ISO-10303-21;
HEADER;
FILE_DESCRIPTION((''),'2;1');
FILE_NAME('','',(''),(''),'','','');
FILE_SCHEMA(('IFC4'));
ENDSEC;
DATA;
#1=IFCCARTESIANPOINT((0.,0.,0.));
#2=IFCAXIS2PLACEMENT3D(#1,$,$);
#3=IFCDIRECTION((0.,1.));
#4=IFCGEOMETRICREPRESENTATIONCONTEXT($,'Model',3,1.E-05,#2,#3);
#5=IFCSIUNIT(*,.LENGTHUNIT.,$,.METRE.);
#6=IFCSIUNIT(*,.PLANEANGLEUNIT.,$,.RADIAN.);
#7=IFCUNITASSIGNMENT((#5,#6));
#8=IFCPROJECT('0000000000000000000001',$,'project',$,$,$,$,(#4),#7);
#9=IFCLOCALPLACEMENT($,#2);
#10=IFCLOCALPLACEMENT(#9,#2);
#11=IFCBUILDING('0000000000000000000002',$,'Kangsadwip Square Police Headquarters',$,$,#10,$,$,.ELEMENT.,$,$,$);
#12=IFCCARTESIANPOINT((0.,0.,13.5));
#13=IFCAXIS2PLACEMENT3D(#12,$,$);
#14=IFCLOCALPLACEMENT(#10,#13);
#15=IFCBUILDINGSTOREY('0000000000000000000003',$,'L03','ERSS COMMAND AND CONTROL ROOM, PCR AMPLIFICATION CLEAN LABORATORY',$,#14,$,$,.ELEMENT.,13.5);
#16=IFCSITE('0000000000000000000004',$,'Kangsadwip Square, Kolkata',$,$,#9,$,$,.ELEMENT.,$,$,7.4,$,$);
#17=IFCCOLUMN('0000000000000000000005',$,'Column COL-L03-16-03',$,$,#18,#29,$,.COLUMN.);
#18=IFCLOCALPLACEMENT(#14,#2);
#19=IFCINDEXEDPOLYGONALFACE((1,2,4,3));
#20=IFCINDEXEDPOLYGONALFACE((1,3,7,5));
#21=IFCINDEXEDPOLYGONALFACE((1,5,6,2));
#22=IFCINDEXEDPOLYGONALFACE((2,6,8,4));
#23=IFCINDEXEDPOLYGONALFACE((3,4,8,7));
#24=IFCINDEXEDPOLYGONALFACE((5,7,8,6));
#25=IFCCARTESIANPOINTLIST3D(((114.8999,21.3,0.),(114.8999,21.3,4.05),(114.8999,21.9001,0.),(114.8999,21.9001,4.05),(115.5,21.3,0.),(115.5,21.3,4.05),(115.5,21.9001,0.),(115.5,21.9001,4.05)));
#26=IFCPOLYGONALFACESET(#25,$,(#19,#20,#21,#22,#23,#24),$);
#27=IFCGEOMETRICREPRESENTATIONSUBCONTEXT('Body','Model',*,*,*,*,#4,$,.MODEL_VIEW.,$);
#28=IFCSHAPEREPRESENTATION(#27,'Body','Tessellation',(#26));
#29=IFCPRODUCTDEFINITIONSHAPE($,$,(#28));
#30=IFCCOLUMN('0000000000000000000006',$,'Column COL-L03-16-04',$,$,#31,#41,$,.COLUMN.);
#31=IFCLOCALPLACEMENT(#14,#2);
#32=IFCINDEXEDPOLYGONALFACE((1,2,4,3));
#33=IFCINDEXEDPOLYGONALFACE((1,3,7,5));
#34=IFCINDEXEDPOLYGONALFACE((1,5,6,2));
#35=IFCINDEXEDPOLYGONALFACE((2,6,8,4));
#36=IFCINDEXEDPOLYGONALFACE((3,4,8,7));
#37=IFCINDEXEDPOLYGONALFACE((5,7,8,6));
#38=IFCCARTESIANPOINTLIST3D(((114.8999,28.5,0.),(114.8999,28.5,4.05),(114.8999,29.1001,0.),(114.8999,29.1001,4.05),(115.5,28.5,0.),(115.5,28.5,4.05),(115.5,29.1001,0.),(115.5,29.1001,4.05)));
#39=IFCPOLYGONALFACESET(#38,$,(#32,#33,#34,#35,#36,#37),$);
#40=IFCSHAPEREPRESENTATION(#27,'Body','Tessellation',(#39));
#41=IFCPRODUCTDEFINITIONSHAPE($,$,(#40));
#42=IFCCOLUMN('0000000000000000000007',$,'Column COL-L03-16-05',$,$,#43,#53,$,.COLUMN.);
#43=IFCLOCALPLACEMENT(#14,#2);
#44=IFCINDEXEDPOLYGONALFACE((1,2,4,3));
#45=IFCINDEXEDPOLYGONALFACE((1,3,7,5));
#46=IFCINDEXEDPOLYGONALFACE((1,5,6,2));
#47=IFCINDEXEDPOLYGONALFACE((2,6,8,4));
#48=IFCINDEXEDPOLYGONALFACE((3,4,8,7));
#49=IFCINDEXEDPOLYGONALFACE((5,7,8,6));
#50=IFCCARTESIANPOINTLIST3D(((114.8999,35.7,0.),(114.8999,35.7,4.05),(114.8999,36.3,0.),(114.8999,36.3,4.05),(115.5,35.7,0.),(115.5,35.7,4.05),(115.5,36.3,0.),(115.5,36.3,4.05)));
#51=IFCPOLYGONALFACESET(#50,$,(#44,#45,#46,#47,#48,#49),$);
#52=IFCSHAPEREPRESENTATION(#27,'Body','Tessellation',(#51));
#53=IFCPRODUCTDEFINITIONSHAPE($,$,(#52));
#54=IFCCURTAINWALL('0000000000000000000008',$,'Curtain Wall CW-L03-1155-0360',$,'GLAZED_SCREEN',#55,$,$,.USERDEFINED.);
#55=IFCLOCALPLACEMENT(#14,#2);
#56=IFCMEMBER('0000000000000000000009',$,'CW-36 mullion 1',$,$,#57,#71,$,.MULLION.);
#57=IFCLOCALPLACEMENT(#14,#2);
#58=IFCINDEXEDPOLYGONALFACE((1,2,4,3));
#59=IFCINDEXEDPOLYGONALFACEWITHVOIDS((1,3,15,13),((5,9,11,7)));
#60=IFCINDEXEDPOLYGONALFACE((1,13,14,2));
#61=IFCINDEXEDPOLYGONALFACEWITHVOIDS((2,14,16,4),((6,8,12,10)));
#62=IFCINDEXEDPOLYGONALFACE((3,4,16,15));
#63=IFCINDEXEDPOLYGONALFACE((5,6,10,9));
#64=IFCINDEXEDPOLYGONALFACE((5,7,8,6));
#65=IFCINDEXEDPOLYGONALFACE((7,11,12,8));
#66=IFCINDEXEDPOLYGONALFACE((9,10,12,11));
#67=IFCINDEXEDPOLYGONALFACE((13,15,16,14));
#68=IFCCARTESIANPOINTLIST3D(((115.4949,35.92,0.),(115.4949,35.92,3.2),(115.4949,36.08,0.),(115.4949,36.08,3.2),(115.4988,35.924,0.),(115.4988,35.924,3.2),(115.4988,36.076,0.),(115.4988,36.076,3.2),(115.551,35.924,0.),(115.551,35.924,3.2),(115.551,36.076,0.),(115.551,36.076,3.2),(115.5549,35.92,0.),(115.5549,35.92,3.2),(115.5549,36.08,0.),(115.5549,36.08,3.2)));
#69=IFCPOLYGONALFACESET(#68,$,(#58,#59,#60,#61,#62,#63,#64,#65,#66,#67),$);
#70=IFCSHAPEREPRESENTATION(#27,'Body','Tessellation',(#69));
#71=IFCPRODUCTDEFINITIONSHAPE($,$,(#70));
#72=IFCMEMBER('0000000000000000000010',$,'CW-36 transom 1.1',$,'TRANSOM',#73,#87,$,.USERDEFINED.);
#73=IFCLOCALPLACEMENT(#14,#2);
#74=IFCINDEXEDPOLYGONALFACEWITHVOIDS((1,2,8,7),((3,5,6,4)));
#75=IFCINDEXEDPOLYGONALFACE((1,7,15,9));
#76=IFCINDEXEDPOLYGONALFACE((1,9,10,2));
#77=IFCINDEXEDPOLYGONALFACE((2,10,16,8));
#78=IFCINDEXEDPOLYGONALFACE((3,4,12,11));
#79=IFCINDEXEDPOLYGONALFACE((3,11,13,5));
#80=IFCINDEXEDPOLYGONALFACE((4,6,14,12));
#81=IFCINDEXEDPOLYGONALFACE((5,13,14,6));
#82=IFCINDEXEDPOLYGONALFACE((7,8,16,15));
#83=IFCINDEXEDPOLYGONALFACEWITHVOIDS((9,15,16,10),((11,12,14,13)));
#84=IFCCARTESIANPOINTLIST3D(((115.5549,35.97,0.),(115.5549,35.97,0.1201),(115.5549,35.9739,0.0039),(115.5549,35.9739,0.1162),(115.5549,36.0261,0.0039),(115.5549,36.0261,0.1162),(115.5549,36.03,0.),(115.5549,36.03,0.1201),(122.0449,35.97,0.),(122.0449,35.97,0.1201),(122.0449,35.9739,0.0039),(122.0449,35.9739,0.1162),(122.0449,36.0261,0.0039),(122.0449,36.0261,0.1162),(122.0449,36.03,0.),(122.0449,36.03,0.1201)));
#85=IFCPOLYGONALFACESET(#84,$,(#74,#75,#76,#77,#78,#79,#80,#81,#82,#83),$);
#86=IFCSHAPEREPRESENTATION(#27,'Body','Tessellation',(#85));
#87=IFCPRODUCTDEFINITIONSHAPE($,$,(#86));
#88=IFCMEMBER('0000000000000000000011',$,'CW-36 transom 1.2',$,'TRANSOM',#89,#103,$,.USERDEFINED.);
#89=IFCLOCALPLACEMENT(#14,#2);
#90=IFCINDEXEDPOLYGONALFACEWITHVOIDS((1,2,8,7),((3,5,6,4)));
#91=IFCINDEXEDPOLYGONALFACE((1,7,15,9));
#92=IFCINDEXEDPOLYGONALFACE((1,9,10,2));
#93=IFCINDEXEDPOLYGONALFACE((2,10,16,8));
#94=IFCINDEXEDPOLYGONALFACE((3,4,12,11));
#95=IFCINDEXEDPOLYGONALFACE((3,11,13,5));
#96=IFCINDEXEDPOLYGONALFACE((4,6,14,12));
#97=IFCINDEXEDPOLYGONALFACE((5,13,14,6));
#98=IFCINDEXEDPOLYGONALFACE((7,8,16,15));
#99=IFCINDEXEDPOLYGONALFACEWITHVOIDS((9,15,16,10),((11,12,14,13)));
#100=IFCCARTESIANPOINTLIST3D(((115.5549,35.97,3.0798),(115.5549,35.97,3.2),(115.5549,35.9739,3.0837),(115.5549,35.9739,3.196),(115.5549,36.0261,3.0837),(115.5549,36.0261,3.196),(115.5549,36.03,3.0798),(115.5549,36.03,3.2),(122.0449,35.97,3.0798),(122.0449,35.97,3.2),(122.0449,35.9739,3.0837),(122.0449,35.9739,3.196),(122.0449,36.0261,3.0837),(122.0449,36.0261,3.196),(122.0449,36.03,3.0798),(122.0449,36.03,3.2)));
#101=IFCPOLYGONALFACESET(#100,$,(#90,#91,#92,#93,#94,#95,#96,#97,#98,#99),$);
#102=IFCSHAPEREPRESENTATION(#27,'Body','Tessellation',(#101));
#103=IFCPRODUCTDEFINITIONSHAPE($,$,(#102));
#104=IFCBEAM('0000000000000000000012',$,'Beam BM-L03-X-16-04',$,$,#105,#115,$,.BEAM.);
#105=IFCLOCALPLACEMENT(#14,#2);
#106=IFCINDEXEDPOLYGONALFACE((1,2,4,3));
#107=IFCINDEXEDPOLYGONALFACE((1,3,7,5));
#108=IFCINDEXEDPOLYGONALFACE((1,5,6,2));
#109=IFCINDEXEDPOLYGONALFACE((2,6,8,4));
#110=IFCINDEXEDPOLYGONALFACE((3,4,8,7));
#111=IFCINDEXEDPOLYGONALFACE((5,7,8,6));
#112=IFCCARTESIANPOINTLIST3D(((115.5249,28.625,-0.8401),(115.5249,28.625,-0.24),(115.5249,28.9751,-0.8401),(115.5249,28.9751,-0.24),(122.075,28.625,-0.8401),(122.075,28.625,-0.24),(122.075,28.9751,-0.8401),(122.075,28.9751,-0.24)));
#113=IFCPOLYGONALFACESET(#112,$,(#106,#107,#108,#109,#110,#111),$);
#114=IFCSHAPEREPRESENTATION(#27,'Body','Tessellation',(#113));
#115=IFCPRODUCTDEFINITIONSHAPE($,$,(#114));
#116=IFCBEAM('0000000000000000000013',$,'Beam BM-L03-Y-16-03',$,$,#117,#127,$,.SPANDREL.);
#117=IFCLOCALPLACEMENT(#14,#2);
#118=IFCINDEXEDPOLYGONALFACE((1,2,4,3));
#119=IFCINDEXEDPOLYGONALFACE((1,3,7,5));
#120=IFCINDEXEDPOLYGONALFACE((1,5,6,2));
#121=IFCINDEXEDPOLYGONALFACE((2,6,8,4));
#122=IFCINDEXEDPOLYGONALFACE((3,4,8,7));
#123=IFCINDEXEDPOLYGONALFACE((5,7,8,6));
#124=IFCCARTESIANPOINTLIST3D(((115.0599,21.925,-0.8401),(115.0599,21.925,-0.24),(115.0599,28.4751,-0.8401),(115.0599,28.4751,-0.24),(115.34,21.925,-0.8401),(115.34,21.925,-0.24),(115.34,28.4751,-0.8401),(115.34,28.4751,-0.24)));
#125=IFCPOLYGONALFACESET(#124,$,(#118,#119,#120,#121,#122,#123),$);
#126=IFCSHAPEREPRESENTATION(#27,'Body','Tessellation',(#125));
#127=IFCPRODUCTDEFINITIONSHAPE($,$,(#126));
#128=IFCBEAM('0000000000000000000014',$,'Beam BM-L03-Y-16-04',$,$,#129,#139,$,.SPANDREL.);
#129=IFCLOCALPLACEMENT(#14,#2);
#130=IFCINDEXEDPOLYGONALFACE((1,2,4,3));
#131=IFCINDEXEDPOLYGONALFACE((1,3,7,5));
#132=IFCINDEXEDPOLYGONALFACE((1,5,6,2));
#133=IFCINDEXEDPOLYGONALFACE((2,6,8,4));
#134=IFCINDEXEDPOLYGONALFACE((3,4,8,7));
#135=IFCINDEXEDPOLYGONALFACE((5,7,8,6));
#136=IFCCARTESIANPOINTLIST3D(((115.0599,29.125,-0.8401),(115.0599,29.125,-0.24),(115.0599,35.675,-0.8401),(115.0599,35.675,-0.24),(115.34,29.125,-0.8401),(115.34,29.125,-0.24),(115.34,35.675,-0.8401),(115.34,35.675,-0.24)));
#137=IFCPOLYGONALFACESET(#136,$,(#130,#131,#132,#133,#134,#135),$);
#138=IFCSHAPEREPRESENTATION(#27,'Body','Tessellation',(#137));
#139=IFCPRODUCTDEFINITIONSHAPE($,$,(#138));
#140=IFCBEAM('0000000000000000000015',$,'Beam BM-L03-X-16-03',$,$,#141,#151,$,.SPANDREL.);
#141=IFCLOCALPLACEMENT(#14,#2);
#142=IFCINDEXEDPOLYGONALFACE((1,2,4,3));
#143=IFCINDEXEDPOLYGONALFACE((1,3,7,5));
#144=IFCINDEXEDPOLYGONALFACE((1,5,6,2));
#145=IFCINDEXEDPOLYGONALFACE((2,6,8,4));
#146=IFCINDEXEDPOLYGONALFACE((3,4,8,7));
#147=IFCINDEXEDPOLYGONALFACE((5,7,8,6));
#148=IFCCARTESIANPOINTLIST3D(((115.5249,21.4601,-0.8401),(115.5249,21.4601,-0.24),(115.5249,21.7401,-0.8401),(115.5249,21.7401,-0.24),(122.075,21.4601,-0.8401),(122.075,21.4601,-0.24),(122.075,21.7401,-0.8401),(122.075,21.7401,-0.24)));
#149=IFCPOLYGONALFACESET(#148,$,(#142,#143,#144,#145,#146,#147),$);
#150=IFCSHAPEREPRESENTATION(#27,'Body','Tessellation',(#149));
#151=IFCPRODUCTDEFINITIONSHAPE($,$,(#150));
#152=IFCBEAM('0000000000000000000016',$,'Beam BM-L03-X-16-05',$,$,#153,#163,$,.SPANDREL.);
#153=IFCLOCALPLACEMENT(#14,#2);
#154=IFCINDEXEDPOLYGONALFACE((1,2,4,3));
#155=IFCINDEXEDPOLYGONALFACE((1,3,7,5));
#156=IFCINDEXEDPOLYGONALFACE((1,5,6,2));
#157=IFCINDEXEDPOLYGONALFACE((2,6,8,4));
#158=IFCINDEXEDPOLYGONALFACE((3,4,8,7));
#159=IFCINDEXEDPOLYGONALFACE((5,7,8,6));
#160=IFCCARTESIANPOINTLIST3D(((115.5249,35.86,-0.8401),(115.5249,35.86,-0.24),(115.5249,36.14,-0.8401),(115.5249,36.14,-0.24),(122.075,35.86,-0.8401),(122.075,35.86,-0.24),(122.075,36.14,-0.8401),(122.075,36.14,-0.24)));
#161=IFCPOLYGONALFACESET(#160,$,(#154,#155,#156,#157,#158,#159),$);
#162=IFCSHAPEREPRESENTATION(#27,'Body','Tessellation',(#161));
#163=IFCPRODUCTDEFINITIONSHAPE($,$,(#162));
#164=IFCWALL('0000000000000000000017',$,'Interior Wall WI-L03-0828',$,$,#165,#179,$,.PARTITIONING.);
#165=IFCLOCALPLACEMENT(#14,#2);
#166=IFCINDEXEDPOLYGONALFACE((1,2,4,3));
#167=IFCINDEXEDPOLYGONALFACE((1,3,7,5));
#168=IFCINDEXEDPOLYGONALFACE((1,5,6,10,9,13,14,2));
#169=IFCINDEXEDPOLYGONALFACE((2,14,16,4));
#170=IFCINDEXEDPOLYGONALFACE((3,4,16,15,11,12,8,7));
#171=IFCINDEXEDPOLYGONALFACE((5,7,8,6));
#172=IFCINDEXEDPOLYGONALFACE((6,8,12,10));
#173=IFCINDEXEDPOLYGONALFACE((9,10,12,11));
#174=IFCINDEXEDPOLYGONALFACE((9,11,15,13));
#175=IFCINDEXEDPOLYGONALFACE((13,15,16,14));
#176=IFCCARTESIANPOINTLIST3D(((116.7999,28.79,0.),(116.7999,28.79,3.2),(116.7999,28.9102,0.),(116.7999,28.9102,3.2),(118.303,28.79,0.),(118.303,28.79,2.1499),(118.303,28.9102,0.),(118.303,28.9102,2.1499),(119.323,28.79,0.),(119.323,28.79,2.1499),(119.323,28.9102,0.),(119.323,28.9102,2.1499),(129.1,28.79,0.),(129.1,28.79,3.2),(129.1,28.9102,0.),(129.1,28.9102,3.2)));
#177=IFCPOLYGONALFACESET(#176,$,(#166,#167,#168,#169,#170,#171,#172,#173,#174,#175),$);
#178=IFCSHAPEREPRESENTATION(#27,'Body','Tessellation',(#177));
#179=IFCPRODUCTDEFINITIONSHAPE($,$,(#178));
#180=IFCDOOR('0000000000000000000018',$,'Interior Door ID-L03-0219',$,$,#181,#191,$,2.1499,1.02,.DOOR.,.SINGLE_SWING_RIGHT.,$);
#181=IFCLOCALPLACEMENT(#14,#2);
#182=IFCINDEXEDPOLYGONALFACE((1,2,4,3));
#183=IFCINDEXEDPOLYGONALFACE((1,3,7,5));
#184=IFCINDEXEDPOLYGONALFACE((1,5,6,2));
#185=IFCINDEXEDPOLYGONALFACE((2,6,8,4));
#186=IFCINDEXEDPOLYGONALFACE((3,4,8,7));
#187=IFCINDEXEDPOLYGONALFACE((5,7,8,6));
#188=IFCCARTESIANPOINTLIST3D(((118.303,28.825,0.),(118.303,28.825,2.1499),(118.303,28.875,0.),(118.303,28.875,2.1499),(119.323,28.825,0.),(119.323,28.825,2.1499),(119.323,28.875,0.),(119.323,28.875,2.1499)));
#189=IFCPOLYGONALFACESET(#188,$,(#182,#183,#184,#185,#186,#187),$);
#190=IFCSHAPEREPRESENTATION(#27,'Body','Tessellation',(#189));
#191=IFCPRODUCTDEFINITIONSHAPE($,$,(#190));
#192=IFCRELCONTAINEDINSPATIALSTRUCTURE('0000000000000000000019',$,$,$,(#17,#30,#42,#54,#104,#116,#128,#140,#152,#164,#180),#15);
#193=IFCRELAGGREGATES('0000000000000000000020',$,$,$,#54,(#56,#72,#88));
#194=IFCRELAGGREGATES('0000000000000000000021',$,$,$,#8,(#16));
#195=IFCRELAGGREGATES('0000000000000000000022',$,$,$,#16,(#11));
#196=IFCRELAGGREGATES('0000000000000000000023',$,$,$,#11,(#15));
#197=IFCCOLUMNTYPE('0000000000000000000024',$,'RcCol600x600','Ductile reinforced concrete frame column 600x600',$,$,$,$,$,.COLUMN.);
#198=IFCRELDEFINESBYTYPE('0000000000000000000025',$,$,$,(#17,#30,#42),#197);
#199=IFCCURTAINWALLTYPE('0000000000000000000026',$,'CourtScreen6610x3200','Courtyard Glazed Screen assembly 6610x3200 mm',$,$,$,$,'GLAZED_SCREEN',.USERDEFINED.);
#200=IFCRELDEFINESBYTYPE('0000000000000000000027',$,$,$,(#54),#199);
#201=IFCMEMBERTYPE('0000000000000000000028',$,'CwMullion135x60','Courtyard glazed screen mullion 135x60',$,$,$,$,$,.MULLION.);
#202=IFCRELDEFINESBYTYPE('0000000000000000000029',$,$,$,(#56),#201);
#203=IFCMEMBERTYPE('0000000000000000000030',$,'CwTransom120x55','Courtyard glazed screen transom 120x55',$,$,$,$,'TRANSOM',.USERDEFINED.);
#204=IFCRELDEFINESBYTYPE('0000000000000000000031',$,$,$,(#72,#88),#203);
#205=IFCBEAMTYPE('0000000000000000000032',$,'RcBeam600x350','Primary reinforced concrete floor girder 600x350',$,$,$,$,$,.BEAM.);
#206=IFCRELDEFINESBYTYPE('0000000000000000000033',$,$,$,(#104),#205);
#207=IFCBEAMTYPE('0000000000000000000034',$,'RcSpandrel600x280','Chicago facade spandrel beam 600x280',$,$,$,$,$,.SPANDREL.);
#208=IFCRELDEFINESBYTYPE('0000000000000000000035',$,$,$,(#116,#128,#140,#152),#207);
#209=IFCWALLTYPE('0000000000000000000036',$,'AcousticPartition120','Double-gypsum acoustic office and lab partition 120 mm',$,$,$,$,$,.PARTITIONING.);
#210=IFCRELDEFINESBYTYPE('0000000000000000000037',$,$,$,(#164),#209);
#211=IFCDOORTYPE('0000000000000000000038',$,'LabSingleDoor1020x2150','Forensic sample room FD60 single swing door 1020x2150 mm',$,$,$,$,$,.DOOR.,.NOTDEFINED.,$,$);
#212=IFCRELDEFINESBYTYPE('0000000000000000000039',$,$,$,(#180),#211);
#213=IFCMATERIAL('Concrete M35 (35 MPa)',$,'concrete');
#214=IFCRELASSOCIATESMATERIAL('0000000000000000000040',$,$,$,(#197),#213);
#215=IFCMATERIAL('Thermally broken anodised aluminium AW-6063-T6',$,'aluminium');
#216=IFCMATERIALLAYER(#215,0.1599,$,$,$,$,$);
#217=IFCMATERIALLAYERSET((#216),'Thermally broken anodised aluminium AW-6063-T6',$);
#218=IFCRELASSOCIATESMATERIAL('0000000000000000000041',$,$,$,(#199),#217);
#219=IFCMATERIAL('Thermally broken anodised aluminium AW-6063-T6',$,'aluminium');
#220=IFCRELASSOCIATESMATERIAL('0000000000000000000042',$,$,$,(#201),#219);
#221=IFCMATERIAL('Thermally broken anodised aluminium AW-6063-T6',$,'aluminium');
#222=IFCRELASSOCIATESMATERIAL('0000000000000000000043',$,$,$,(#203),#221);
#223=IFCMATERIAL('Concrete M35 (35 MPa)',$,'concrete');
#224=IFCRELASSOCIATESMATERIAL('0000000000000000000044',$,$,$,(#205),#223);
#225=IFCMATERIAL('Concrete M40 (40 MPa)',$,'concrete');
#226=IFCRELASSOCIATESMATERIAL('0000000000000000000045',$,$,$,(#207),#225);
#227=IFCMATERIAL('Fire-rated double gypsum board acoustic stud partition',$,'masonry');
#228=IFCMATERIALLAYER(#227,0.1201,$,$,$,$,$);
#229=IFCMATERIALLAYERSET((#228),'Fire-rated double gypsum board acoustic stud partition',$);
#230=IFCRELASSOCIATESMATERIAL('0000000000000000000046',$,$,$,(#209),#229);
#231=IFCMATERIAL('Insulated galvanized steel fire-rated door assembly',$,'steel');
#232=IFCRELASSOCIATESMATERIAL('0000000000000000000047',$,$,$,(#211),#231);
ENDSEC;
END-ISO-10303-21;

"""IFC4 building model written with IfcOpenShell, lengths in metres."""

from ifc_helpers import new_model, si_unit, direction, frame, frame_2d, origin, origin_2d, place, context, subcontext, project, spatial, rectangle, hollow_rectangle, extrude, material, layer, layer_set, material_profile, profile_set, type_object, element, fill, aggregate, save


model = new_model("IFC4")

# Units and contexts
model_context = context("Model", 3, precision=1e-05, world=origin(), true_north=direction((0.0, 1.0)))
body_context = subcontext(model_context, "Body", "Model", "MODEL_VIEW")
ifc_project = project(units=[si_unit("LENGTHUNIT", "METRE"), si_unit("PLANEANGLEUNIT", "RADIAN")], contexts=[model_context])

# Site, building, storey
site_placement = place(None, origin())
site = spatial("IfcSite", under=ifc_project, at=site_placement, Name="Kangsadwip Square, Kolkata", CompositionType="ELEMENT", RefElevation=7.4)
building_placement = place(site_placement, origin())
building = spatial("IfcBuilding", under=site, at=building_placement, Name="Kangsadwip Square Police Headquarters", CompositionType="ELEMENT")
storey_placement = place(building_placement, frame((0.0, 0.0, 13.5)))
storey = spatial("IfcBuildingStorey", under=building, at=storey_placement, Name="L03", Description="ERSS COMMAND AND CONTROL ROOM, PCR AMPLIFICATION CLEAN LABORATORY", CompositionType="ELEMENT", Elevation=13.5)

# Columns
ifc_material_1 = material(Name="Concrete M35 (35 MPa)", Category="concrete")
ifc_material_profile_1 = material_profile(ifc_material_1, rectangle(XDim=0.6001, YDim=0.6001, at=origin_2d()), Name="RC COL 600X600")
ifc_profile_set_1 = profile_set([ifc_material_profile_1], Name="Concrete M35 (35 MPa)")
column_type = type_object("IfcColumnType", Name="RcCol600x600", Description="Ductile reinforced concrete frame column 600x600", PredefinedType="COLUMN", material=ifc_profile_set_1)
for number, where, z_axis, x_axis, name in (
    (1, (115.2, 21.6001, 0.0), (0.0, 0.0, 1.0), (1.0, 0.0, 0.0), "Column COL-L03-16-03"),
    (2, (115.2, 28.8, 0.0), (0.0, 0.0, 1.0), (1.0, 0.0, 0.0), "Column COL-L03-16-04"),
    (3, (115.2, 36.0, 0.0), (0.0, 0.0, 1.0), (1.0, 0.0, 0.0), "Column COL-L03-16-05"),
):
    element("IfcColumn", number, at=place(storey_placement, frame(where, z_axis=z_axis, x_axis=x_axis)), inside=storey, type_object=column_type, Name=name, PredefinedType="COLUMN", context=body_context, shape_type="SweptSolid", body=[
        extrude(rectangle(XDim=0.6001, YDim=0.6001, at=origin_2d()), origin(), (0.0, 0.0, 1.0), 4.05),
    ])

# Curtain wall, members
ifc_material_2 = material(Name="Thermally broken anodised aluminium AW-6063-T6", Category="aluminium")
ifc_layer_1 = layer(ifc_material_2, 0.1599)
ifc_layer_set_1 = layer_set([ifc_layer_1], Name="Thermally broken anodised aluminium AW-6063-T6")
curtain_wall_type = type_object("IfcCurtainWallType", Name="CourtScreen6610x3200", Description="Courtyard Glazed Screen assembly 6610x3200 mm", ElementType="GLAZED_SCREEN", PredefinedType="USERDEFINED", material=ifc_layer_set_1)
curtain_wall_placement = place(storey_placement, origin())
curtain_wall = element("IfcCurtainWall", 4, at=curtain_wall_placement, inside=storey, type_object=curtain_wall_type, Name="Curtain Wall CW-L03-1155-0360", ObjectType="GLAZED_SCREEN", PredefinedType="USERDEFINED")
ifc_material_3 = material(Name="Thermally broken anodised aluminium AW-6063-T6", Category="aluminium")
ifc_material_profile_2 = material_profile(ifc_material_3, hollow_rectangle(XDim=0.0601, YDim=0.1599, WallThickness=0.0039, at=origin_2d()), Name="CWM 160X60X4")
ifc_profile_set_2 = profile_set([ifc_material_profile_2], Name="Thermally broken anodised aluminium AW-6063-T6")
member_type_1 = type_object("IfcMemberType", Name="CwMullion135x60", Description="Courtyard glazed screen mullion 135x60", PredefinedType="MULLION", material=ifc_profile_set_2)
member_1_placement = place(storey_placement, frame((115.5249, 36.0, 0.0), z_axis=(0.0, 0.0, 1.0), x_axis=(1.0, 0.0, 0.0)))
member_1 = element("IfcMember", 5, at=member_1_placement, type_object=member_type_1, Name="CW-36 mullion 1", PredefinedType="MULLION", context=body_context, shape_type="SweptSolid", body=[
    extrude(hollow_rectangle(XDim=0.0601, YDim=0.1599, WallThickness=0.0039, at=origin_2d()), origin(), (0.0, 0.0, 1.0), 3.2),
])
ifc_material_4 = material(Name="Thermally broken anodised aluminium AW-6063-T6", Category="aluminium")
ifc_material_profile_3 = material_profile(ifc_material_4, hollow_rectangle(XDim=0.0601, YDim=0.1201, WallThickness=0.0039, at=origin_2d()), Name="CWT 120X60X4")
ifc_profile_set_3 = profile_set([ifc_material_profile_3], Name="Thermally broken anodised aluminium AW-6063-T6")
member_type_2 = type_object("IfcMemberType", Name="CwTransom120x55", Description="Courtyard glazed screen transom 120x55", ElementType="TRANSOM", PredefinedType="USERDEFINED", material=ifc_profile_set_3)
member_2_placement = place(storey_placement, frame((115.5549, 36.0, 0.0601), z_axis=(1.0, 0.0, 0.0), x_axis=(0.0, 1.0, 0.0)))
member_2 = element("IfcMember", 6, at=member_2_placement, type_object=member_type_2, Name="CW-36 transom 1.1", ObjectType="TRANSOM", PredefinedType="USERDEFINED", context=body_context, shape_type="SweptSolid", body=[
    extrude(hollow_rectangle(XDim=0.0601, YDim=0.1201, WallThickness=0.0039, at=origin_2d()), origin(), (0.0, 0.0, 1.0), 6.49),
])
member_3_placement = place(storey_placement, frame((115.5549, 36.0, 3.1399), z_axis=(1.0, 0.0, 0.0), x_axis=(0.0, 1.0, 0.0)))
member_3 = element("IfcMember", 7, at=member_3_placement, type_object=member_type_2, Name="CW-36 transom 1.2", ObjectType="TRANSOM", PredefinedType="USERDEFINED", context=body_context, shape_type="SweptSolid", body=[
    extrude(hollow_rectangle(XDim=0.0601, YDim=0.1201, WallThickness=0.0039, at=origin_2d()), origin(), (0.0, 0.0, 1.0), 6.49),
])
aggregate(curtain_wall, [member_1, member_2, member_3])

# Beams
ifc_material_5 = material(Name="Concrete M35 (35 MPa)", Category="concrete")
ifc_material_profile_4 = material_profile(ifc_material_5, rectangle(XDim=0.3501, YDim=0.6001, at=origin_2d()), Name="RC BM 600X350")
ifc_profile_set_4 = profile_set([ifc_material_profile_4], Name="Concrete M35 (35 MPa)")
beam_type_1 = type_object("IfcBeamType", Name="RcBeam600x350", Description="Primary reinforced concrete floor girder 600x350", PredefinedType="BEAM", material=ifc_profile_set_4)
beam_placement = place(storey_placement, frame((115.5249, 28.8, -0.54), z_axis=(1.0, 0.0, 0.0), x_axis=(0.0, 1.0, 0.0)))
element("IfcBeam", 8, at=beam_placement, inside=storey, type_object=beam_type_1, Name="Beam BM-L03-X-16-04", PredefinedType="BEAM", context=body_context, shape_type="SweptSolid", body=[
    extrude(rectangle(XDim=0.3501, YDim=0.6001, at=origin_2d()), origin(), (0.0, 0.0, 1.0), 6.55),
])
ifc_material_6 = material(Name="Concrete M40 (40 MPa)", Category="concrete")
ifc_material_profile_5 = material_profile(ifc_material_6, rectangle(XDim=0.28, YDim=0.6001, at=origin_2d()), Name="RC SPN 600X280")
ifc_profile_set_5 = profile_set([ifc_material_profile_5], Name="Concrete M40 (40 MPa)")
beam_type_2 = type_object("IfcBeamType", Name="RcSpandrel600x280", Description="Chicago facade spandrel beam 600x280", PredefinedType="SPANDREL", material=ifc_profile_set_5)
for number, where, z_axis, x_axis, name in (
    (9, (115.2, 21.925, -0.54), (0.0, 1.0, 0.0), (-1.0, 0.0, 0.0), "Beam BM-L03-Y-16-03"),
    (10, (115.2, 29.125, -0.54), (0.0, 1.0, 0.0), (-1.0, 0.0, 0.0), "Beam BM-L03-Y-16-04"),
    (11, (115.5249, 21.6001, -0.54), (1.0, 0.0, 0.0), (0.0, 1.0, 0.0), "Beam BM-L03-X-16-03"),
    (12, (115.5249, 36.0, -0.54), (1.0, 0.0, 0.0), (0.0, 1.0, 0.0), "Beam BM-L03-X-16-05"),
):
    element("IfcBeam", number, at=place(storey_placement, frame(where, z_axis=z_axis, x_axis=x_axis)), inside=storey, type_object=beam_type_2, Name=name, PredefinedType="SPANDREL", context=body_context, shape_type="SweptSolid", body=[
        extrude(rectangle(XDim=0.28, YDim=0.6001, at=origin_2d()), origin(), (0.0, 0.0, 1.0), 6.55),
    ])

# Wall, opening, door
ifc_material_7 = material(Name="Fire-rated double gypsum board acoustic stud partition", Category="masonry")
ifc_layer_2 = layer(ifc_material_7, 0.1201)
ifc_layer_set_2 = layer_set([ifc_layer_2], Name="Fire-rated double gypsum board acoustic stud partition")
wall_type_1 = type_object("IfcWallType", Name="AcousticPartition120", Description="Double-gypsum acoustic office and lab partition 120 mm", PredefinedType="PARTITIONING", material=ifc_layer_set_2)
wall_1_placement = place(storey_placement, frame((116.8, 28.8501, 0.0), z_axis=(0.0, 0.0, 1.0), x_axis=(1.0, 0.0, 0.0)))
wall_1 = element("IfcWall", 13, at=wall_1_placement, inside=storey, type_object=wall_type_1, Name="Interior Wall WI-L03-0828", PredefinedType="PARTITIONING", context=body_context, shape_type="SweptSolid", body=[
    extrude(rectangle(XDim=12.3, YDim=0.1201, at=frame_2d((6.1499, 0.0))), origin(), (0.0, 0.0, 1.0), 3.2),
])
opening_1_placement = place(wall_1_placement, frame((1.5029, 0.0, 0.0)))
opening_1 = element("IfcOpeningElement", 14, at=opening_1_placement, cuts=wall_1, PredefinedType="OPENING", context=body_context, shape_type="SweptSolid", body=[
    extrude(rectangle(XDim=1.02, YDim=2.1499, at=frame_2d((0.51, 1.075))), frame((0.0, 0.0701, 0.0), z_axis=(0.0, -1.0, 0.0), x_axis=(1.0, 0.0, 0.0)), (0.0, 0.0, 1.0), 0.1401),
])
ifc_material_8 = material(Name="Insulated galvanized steel fire-rated door assembly", Category="steel")
door_type_1 = type_object("IfcDoorType", Name="LabSingleDoor1020x2150", Description="Forensic sample room FD60 single swing door 1020x2150 mm", OperationType="NOTDEFINED", PredefinedType="DOOR", material=ifc_material_8)
door_1_placement = place(opening_1_placement, origin())
door_1 = element("IfcDoor", 15, at=door_1_placement, inside=storey, type_object=door_type_1, Name="Interior Door ID-L03-0219", OperationType="SINGLE_SWING_RIGHT", OverallHeight=2.1499, OverallWidth=1.02, PredefinedType="DOOR", context=body_context, shape_type="SweptSolid", body=[
    extrude(rectangle(XDim=1.02, YDim=2.1499, at=frame_2d((0.51, 1.075))), frame((0.0, 0.0249, 0.0), z_axis=(0.0, -1.0, 0.0), x_axis=(1.0, 0.0, 0.0)), (0.0, 0.0, 1.0), 0.05),
])
fill(opening_1, door_1)

save(model, "model.ifc")
